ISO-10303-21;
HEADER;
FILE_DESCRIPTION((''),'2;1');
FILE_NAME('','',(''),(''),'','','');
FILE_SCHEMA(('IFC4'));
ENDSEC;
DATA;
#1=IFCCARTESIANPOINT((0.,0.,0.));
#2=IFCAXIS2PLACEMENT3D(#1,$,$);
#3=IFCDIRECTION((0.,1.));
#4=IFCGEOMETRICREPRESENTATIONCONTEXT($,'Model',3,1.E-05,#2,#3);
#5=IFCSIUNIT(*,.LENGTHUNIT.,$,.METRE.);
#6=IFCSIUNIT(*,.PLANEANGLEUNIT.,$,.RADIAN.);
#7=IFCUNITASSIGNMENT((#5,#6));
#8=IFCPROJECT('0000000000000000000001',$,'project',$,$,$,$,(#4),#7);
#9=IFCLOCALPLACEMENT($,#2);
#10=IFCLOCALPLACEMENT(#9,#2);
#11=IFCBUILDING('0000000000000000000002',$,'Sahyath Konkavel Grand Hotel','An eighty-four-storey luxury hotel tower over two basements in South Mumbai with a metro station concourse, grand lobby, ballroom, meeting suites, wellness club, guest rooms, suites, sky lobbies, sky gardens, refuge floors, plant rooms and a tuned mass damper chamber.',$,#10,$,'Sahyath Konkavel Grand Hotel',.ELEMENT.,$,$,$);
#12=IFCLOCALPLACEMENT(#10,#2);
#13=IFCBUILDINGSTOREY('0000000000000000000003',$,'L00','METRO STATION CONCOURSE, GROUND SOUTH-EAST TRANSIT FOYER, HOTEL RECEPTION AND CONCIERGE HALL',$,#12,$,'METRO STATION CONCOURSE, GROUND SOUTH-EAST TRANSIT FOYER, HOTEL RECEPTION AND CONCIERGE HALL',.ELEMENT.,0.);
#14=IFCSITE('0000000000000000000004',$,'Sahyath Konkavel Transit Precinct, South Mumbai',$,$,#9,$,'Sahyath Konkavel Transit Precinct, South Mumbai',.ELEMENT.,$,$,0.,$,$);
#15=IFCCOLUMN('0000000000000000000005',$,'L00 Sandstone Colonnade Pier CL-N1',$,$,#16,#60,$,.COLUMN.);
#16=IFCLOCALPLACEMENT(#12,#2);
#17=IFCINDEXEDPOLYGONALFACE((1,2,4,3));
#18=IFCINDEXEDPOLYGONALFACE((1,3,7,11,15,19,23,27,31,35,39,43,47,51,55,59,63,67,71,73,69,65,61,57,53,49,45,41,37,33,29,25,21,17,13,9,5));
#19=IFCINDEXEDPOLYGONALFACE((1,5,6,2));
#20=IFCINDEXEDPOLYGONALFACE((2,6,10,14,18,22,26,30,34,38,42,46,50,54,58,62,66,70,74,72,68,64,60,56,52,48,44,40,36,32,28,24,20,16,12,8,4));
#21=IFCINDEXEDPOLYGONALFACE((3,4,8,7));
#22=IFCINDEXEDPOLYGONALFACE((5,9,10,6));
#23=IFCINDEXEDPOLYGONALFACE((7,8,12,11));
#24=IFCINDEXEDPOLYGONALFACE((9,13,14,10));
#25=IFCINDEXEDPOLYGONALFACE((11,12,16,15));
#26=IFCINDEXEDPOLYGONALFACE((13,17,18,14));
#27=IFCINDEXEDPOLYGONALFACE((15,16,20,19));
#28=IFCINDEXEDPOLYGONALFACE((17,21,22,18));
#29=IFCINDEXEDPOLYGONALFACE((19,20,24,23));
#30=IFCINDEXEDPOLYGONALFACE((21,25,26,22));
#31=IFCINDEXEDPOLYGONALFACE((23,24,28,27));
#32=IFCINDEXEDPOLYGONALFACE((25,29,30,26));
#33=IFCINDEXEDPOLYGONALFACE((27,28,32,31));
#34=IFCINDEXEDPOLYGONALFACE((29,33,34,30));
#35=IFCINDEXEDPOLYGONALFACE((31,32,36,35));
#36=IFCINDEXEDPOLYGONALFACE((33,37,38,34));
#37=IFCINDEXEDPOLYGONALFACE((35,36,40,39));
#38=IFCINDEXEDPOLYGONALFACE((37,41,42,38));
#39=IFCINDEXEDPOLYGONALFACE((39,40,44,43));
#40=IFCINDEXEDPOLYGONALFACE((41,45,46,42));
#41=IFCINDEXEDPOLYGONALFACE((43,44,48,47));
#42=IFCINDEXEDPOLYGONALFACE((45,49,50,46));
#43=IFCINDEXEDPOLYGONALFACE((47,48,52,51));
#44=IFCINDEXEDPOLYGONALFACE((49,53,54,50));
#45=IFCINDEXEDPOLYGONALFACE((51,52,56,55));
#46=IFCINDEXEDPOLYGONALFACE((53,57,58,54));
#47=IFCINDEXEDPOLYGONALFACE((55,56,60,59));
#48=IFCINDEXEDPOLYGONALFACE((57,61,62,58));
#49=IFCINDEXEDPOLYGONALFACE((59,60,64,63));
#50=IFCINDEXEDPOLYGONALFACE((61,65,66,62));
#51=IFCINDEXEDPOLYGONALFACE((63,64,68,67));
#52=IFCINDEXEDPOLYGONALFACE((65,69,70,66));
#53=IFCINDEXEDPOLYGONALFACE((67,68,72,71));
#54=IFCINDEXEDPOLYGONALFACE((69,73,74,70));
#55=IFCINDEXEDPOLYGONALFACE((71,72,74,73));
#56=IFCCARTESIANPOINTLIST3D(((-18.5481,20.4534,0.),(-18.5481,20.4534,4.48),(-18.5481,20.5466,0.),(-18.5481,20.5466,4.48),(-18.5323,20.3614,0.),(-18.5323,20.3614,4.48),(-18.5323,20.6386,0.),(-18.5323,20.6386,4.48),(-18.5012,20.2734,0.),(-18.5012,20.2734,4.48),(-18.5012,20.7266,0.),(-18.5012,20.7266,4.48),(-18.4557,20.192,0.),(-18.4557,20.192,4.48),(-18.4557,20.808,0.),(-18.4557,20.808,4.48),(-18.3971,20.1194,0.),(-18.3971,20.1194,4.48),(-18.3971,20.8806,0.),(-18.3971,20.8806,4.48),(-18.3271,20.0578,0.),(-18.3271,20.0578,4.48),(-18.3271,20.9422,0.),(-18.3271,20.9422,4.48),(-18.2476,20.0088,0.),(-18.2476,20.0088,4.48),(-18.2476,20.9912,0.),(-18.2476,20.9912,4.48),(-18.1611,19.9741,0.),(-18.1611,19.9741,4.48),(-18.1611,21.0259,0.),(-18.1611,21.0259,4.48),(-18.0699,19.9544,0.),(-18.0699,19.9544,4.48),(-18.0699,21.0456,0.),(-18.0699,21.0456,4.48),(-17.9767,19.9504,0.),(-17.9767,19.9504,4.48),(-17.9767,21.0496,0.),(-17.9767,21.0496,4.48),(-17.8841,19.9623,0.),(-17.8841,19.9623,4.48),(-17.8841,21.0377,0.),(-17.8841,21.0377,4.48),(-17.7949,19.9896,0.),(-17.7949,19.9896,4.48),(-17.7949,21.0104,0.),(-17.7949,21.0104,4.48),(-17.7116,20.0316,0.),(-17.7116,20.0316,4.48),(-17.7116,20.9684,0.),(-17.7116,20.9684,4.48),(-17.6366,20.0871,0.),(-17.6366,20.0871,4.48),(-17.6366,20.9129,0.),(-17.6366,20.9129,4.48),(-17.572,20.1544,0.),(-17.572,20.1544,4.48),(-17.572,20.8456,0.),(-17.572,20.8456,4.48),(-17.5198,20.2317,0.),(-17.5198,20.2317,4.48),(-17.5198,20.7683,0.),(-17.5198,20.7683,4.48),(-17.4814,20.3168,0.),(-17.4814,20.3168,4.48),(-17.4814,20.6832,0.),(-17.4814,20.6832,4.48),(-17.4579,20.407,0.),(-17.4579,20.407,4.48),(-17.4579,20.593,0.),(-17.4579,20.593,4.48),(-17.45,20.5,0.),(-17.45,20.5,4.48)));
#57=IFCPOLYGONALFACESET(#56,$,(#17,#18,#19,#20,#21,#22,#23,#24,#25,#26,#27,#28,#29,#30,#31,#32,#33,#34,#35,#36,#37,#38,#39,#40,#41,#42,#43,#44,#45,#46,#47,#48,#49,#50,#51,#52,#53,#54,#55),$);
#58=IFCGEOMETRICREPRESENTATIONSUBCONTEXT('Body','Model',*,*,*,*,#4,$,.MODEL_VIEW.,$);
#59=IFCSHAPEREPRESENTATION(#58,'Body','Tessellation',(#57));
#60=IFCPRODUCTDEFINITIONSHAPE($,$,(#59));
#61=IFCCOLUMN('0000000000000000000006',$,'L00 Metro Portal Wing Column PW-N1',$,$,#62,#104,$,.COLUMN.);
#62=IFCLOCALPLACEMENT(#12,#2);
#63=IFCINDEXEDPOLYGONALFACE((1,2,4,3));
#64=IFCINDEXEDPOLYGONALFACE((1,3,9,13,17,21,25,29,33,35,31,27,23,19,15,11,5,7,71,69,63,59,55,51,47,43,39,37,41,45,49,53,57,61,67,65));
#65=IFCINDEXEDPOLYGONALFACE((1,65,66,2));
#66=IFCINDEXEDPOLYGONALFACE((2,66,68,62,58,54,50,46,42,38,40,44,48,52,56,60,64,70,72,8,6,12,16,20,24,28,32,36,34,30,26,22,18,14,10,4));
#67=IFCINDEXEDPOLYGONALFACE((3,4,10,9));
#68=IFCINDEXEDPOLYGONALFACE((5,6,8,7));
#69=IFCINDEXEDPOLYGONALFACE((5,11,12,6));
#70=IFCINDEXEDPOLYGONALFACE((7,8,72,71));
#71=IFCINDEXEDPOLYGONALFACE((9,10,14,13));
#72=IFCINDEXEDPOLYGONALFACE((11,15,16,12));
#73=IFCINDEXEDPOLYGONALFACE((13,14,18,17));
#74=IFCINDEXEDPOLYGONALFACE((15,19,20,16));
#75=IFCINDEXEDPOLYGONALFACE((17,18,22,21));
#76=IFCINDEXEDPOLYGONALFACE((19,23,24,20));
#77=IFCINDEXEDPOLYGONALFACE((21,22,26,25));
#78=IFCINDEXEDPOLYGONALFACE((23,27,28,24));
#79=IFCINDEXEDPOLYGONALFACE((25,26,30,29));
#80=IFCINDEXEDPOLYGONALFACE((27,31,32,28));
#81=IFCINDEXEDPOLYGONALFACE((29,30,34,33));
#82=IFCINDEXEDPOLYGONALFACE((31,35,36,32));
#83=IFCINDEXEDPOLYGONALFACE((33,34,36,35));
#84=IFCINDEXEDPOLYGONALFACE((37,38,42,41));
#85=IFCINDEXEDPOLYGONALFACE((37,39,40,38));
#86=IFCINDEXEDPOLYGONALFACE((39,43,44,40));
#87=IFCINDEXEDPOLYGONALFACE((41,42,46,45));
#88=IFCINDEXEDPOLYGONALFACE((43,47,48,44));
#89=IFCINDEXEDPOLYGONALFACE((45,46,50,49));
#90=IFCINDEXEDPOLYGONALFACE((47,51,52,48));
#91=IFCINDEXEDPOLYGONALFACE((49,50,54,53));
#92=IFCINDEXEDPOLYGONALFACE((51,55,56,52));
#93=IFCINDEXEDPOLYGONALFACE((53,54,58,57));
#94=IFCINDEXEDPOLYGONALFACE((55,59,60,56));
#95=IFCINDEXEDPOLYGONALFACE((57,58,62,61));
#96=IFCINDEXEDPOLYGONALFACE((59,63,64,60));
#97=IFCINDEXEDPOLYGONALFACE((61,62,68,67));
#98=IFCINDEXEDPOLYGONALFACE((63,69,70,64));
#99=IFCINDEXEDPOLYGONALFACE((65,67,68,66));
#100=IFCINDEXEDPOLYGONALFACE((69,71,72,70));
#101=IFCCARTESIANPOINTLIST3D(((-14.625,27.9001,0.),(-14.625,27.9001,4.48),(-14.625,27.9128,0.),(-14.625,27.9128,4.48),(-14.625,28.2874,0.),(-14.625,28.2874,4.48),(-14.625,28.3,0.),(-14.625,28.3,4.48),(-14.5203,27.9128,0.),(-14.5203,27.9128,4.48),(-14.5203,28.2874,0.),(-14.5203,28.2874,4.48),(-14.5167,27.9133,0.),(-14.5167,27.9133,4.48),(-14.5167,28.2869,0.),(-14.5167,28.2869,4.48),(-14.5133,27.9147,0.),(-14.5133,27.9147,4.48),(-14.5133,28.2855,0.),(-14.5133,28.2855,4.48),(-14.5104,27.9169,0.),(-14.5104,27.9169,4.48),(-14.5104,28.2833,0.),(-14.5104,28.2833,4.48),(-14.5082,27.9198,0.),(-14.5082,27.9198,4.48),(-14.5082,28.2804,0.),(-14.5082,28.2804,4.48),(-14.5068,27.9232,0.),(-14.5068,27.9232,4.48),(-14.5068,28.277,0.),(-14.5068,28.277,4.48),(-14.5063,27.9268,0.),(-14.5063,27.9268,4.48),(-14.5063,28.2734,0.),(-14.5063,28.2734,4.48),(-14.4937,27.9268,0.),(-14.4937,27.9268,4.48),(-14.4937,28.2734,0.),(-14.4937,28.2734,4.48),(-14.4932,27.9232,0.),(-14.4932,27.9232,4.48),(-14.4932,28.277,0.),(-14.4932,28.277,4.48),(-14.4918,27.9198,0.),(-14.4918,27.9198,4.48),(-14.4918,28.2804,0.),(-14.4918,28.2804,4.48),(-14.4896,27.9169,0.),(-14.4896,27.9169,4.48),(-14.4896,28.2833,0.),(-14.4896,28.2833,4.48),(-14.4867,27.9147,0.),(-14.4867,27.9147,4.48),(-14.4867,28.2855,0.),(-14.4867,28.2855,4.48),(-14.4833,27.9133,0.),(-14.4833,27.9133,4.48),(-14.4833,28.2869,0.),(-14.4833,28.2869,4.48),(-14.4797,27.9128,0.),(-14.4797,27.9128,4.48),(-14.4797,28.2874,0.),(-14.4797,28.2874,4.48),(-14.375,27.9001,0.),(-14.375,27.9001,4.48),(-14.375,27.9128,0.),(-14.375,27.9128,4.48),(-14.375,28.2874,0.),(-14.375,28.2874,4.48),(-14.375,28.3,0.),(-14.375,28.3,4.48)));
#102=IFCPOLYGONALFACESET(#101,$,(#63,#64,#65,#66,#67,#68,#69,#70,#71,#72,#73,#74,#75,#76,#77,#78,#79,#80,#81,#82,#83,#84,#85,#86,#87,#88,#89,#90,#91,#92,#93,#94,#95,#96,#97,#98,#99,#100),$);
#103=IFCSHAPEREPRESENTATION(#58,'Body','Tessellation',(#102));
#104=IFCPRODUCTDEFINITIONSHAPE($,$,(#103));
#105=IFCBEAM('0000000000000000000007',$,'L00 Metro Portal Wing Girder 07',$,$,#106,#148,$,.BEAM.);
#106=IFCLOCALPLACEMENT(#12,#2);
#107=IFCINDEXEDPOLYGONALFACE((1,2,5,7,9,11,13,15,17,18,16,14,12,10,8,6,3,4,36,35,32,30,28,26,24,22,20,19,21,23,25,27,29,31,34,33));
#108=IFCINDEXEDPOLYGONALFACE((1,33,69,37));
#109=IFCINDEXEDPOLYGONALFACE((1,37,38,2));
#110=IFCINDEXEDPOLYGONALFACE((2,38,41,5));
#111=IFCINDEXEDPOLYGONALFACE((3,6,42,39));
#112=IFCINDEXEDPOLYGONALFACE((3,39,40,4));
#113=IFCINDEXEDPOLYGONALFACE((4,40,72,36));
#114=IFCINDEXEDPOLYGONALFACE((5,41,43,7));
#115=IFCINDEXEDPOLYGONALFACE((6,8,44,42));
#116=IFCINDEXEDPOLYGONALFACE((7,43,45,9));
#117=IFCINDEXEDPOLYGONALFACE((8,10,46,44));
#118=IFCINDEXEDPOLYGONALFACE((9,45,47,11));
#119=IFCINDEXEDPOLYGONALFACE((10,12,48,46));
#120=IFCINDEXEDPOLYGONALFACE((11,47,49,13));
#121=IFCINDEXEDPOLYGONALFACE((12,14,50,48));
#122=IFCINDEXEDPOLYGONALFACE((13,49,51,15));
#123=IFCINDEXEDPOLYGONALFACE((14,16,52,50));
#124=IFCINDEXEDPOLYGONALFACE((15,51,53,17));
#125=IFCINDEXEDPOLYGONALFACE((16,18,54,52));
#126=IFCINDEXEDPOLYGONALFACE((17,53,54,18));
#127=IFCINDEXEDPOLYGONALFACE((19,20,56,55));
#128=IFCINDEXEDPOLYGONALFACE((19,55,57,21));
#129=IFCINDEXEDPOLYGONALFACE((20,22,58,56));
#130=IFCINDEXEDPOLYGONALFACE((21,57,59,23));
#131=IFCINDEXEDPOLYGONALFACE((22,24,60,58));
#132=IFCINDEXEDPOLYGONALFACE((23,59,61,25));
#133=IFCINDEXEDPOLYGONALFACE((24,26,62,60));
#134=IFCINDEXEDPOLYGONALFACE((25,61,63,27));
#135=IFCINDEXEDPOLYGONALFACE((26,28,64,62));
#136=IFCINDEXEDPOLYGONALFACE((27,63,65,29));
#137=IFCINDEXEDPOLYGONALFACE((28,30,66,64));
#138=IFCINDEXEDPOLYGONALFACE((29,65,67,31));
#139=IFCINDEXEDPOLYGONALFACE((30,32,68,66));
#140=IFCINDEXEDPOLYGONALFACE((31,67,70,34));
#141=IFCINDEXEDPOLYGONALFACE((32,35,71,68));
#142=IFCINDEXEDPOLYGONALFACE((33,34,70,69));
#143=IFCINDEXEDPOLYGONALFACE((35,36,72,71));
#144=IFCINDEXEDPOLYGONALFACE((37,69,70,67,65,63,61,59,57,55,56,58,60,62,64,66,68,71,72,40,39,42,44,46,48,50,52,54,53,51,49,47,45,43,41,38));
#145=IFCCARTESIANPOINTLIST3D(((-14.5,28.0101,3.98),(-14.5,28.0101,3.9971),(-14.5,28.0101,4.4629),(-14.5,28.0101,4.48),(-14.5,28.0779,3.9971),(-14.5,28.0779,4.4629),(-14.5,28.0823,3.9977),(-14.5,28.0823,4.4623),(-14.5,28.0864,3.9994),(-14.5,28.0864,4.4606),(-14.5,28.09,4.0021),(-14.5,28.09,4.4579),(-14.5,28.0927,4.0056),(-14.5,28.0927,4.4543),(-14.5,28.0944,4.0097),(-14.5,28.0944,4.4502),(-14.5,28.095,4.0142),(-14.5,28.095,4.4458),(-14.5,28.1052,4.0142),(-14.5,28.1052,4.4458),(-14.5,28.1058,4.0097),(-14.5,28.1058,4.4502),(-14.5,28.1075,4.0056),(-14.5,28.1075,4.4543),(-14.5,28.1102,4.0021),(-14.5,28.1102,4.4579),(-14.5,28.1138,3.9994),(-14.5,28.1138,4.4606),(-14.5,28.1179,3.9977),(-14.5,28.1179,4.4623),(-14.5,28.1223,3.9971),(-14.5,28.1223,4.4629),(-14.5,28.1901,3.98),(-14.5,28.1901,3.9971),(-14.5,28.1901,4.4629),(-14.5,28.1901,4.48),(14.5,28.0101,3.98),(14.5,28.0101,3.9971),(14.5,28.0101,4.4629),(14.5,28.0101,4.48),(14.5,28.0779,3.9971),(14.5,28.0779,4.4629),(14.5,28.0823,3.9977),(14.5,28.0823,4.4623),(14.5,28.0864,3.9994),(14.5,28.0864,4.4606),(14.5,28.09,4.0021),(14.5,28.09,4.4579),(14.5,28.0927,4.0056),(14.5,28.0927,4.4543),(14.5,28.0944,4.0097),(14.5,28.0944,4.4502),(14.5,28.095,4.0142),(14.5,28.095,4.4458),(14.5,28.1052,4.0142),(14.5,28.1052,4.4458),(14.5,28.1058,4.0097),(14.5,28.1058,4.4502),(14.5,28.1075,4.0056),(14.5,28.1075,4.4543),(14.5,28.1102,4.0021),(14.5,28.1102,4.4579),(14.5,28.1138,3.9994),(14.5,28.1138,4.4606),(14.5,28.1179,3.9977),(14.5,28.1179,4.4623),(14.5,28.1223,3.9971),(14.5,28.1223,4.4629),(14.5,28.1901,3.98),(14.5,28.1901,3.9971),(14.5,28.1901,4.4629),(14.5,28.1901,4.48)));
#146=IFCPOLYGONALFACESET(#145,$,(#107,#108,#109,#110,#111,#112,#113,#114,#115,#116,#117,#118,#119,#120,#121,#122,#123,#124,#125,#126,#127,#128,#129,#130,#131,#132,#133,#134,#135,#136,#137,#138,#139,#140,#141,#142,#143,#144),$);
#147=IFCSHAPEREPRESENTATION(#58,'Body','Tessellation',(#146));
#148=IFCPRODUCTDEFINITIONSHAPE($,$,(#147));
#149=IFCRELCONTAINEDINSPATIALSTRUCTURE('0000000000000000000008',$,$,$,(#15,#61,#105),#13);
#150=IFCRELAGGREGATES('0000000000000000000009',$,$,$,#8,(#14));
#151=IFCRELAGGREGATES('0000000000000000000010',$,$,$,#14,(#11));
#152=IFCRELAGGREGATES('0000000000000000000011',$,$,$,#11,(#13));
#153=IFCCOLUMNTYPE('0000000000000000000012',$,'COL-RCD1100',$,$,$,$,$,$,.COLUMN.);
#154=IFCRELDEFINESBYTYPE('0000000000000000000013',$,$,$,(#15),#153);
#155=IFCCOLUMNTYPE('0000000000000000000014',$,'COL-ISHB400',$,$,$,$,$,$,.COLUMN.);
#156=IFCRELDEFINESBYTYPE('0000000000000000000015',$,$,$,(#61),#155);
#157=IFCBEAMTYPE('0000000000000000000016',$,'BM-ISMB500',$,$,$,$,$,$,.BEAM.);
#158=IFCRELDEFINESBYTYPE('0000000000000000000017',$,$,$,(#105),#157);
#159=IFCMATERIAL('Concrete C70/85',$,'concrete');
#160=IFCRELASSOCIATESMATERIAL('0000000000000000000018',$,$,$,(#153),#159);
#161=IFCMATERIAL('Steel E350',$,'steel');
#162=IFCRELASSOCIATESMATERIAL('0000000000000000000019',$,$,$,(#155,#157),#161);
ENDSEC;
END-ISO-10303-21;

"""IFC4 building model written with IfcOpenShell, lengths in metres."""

from ifc_helpers import new_model, si_unit, direction, frame, origin, origin_2d, place, context, subcontext, project, spatial, circle, i_section, extrude, source, transform, mapped, material, material_profile, profile_set, type_object, element, save


model = new_model("IFC4")

# Units and contexts
model_context = context("Model", 3, precision=1e-05, world=origin(), true_north=direction((0.0, 1.0)))
body_context = subcontext(model_context, "Body", "Model", "MODEL_VIEW")
ifc_project = project(units=[si_unit("LENGTHUNIT", "METRE"), si_unit("PLANEANGLEUNIT", "RADIAN")], contexts=[model_context])

# Site, building, storey
site_placement = place(None, origin())
site = spatial("IfcSite", under=ifc_project, at=site_placement, Name="Sahyath Konkavel Transit Precinct, South Mumbai", LongName="Sahyath Konkavel Transit Precinct, South Mumbai", CompositionType="ELEMENT", RefElevation=0.0)
building_placement = place(site_placement, origin())
building = spatial("IfcBuilding", under=site, at=building_placement, Name="Sahyath Konkavel Grand Hotel", Description="An eighty-four-storey luxury hotel tower over two basements in South Mumbai with a metro station concourse, grand lobby, ballroom, meeting suites, wellness club, guest rooms, suites, sky lobbies, sky gardens, refuge floors, plant rooms and a tuned mass damper chamber.", LongName="Sahyath Konkavel Grand Hotel", CompositionType="ELEMENT")
storey_placement = place(building_placement, origin())
storey = spatial("IfcBuildingStorey", under=building, at=storey_placement, Name="L00", Description="METRO STATION CONCOURSE, GROUND SOUTH-EAST TRANSIT FOYER, HOTEL RECEPTION AND CONCIERGE HALL", LongName="METRO STATION CONCOURSE, GROUND SOUTH-EAST TRANSIT FOYER, HOTEL RECEPTION AND CONCIERGE HALL", CompositionType="ELEMENT", Elevation=0.0)

# Columns
ifc_material_1 = material(Name="Concrete C70/85", Category="concrete")
ifc_material_profile_1 = material_profile(ifc_material_1, circle(Radius=0.55, at=origin_2d()), Name="RC D1100")
ifc_profile_set_1 = profile_set([ifc_material_profile_1], Name="Concrete C70/85")
column_type_1 = type_object("IfcColumnType", Name="COL-RCD1100", PredefinedType="COLUMN", material=ifc_profile_set_1)
shared_shape_1 = source(origin(), body_context, "Body", "SweptSolid", [
    extrude(circle(Radius=0.55, at=origin_2d()), origin(), (0.0, 0.0, 1.0), 4.48),
])
column_1_placement = place(storey_placement, frame((-18.0, 20.5, 0.0), z_axis=(0.0, 0.0, 1.0), x_axis=(1.0, 0.0, 0.0)))
element("IfcColumn", 1, at=column_1_placement, inside=storey, type_object=column_type_1, Name="L00 Sandstone Colonnade Pier CL-N1", PredefinedType="COLUMN", context=body_context, shape_type="MappedRepresentation", body=[
    mapped(shared_shape_1, transform((0.0, 0.0, 0.0), scale=1.0)),
])
ifc_material_2 = material(Name="Steel E350", Category="steel")
ifc_material_profile_2 = material_profile(ifc_material_2, i_section(OverallWidth=0.25, OverallDepth=0.3999, WebThickness=0.0127, FlangeThickness=0.0127, FilletRadius=0.0139, at=origin_2d()), Name="ISHB 400")
ifc_profile_set_2 = profile_set([ifc_material_profile_2], Name="Steel E350")
column_type_2 = type_object("IfcColumnType", Name="COL-ISHB400", PredefinedType="COLUMN", material=ifc_profile_set_2)
shared_shape_2 = source(origin(), body_context, "Body", "SweptSolid", [
    extrude(i_section(OverallWidth=0.25, OverallDepth=0.3999, WebThickness=0.0127, FlangeThickness=0.0127, FilletRadius=0.0139, at=origin_2d()), origin(), (0.0, 0.0, 1.0), 4.48),
])
column_2_placement = place(storey_placement, frame((-14.5, 28.1001, 0.0), z_axis=(0.0, 0.0, 1.0), x_axis=(1.0, 0.0, 0.0)))
element("IfcColumn", 2, at=column_2_placement, inside=storey, type_object=column_type_2, Name="L00 Metro Portal Wing Column PW-N1", PredefinedType="COLUMN", context=body_context, shape_type="MappedRepresentation", body=[
    mapped(shared_shape_2, transform((0.0, 0.0, 0.0), scale=1.0)),
])

# Beam
ifc_material_profile_3 = material_profile(ifc_material_2, i_section(OverallWidth=0.1799, OverallDepth=0.5, WebThickness=0.0103, FlangeThickness=0.0171, FilletRadius=0.0171, at=origin_2d()), Name="ISMB 500")
ifc_profile_set_3 = profile_set([ifc_material_profile_3], Name="Steel E350")
beam_type_1 = type_object("IfcBeamType", Name="BM-ISMB500", PredefinedType="BEAM", material=ifc_profile_set_3)
shared_shape_3 = source(origin(), body_context, "Body", "SweptSolid", [
    extrude(i_section(OverallWidth=0.1799, OverallDepth=0.5, WebThickness=0.0103, FlangeThickness=0.0171, FilletRadius=0.0171, at=origin_2d()), origin(), (0.0, 0.0, 1.0), 29.0),
])
beam_1_placement = place(storey_placement, frame((-14.5, 28.1001, 4.23), z_axis=(1.0, 0.0, 0.0), x_axis=(0.0, 1.0, 0.0)))
element("IfcBeam", 3, at=beam_1_placement, inside=storey, type_object=beam_type_1, Name="L00 Metro Portal Wing Girder 07", PredefinedType="BEAM", context=body_context, shape_type="MappedRepresentation", body=[
    mapped(shared_shape_3, transform((0.0, 0.0, 0.0), scale=1.0)),
])

save(model, "model.ifc")
